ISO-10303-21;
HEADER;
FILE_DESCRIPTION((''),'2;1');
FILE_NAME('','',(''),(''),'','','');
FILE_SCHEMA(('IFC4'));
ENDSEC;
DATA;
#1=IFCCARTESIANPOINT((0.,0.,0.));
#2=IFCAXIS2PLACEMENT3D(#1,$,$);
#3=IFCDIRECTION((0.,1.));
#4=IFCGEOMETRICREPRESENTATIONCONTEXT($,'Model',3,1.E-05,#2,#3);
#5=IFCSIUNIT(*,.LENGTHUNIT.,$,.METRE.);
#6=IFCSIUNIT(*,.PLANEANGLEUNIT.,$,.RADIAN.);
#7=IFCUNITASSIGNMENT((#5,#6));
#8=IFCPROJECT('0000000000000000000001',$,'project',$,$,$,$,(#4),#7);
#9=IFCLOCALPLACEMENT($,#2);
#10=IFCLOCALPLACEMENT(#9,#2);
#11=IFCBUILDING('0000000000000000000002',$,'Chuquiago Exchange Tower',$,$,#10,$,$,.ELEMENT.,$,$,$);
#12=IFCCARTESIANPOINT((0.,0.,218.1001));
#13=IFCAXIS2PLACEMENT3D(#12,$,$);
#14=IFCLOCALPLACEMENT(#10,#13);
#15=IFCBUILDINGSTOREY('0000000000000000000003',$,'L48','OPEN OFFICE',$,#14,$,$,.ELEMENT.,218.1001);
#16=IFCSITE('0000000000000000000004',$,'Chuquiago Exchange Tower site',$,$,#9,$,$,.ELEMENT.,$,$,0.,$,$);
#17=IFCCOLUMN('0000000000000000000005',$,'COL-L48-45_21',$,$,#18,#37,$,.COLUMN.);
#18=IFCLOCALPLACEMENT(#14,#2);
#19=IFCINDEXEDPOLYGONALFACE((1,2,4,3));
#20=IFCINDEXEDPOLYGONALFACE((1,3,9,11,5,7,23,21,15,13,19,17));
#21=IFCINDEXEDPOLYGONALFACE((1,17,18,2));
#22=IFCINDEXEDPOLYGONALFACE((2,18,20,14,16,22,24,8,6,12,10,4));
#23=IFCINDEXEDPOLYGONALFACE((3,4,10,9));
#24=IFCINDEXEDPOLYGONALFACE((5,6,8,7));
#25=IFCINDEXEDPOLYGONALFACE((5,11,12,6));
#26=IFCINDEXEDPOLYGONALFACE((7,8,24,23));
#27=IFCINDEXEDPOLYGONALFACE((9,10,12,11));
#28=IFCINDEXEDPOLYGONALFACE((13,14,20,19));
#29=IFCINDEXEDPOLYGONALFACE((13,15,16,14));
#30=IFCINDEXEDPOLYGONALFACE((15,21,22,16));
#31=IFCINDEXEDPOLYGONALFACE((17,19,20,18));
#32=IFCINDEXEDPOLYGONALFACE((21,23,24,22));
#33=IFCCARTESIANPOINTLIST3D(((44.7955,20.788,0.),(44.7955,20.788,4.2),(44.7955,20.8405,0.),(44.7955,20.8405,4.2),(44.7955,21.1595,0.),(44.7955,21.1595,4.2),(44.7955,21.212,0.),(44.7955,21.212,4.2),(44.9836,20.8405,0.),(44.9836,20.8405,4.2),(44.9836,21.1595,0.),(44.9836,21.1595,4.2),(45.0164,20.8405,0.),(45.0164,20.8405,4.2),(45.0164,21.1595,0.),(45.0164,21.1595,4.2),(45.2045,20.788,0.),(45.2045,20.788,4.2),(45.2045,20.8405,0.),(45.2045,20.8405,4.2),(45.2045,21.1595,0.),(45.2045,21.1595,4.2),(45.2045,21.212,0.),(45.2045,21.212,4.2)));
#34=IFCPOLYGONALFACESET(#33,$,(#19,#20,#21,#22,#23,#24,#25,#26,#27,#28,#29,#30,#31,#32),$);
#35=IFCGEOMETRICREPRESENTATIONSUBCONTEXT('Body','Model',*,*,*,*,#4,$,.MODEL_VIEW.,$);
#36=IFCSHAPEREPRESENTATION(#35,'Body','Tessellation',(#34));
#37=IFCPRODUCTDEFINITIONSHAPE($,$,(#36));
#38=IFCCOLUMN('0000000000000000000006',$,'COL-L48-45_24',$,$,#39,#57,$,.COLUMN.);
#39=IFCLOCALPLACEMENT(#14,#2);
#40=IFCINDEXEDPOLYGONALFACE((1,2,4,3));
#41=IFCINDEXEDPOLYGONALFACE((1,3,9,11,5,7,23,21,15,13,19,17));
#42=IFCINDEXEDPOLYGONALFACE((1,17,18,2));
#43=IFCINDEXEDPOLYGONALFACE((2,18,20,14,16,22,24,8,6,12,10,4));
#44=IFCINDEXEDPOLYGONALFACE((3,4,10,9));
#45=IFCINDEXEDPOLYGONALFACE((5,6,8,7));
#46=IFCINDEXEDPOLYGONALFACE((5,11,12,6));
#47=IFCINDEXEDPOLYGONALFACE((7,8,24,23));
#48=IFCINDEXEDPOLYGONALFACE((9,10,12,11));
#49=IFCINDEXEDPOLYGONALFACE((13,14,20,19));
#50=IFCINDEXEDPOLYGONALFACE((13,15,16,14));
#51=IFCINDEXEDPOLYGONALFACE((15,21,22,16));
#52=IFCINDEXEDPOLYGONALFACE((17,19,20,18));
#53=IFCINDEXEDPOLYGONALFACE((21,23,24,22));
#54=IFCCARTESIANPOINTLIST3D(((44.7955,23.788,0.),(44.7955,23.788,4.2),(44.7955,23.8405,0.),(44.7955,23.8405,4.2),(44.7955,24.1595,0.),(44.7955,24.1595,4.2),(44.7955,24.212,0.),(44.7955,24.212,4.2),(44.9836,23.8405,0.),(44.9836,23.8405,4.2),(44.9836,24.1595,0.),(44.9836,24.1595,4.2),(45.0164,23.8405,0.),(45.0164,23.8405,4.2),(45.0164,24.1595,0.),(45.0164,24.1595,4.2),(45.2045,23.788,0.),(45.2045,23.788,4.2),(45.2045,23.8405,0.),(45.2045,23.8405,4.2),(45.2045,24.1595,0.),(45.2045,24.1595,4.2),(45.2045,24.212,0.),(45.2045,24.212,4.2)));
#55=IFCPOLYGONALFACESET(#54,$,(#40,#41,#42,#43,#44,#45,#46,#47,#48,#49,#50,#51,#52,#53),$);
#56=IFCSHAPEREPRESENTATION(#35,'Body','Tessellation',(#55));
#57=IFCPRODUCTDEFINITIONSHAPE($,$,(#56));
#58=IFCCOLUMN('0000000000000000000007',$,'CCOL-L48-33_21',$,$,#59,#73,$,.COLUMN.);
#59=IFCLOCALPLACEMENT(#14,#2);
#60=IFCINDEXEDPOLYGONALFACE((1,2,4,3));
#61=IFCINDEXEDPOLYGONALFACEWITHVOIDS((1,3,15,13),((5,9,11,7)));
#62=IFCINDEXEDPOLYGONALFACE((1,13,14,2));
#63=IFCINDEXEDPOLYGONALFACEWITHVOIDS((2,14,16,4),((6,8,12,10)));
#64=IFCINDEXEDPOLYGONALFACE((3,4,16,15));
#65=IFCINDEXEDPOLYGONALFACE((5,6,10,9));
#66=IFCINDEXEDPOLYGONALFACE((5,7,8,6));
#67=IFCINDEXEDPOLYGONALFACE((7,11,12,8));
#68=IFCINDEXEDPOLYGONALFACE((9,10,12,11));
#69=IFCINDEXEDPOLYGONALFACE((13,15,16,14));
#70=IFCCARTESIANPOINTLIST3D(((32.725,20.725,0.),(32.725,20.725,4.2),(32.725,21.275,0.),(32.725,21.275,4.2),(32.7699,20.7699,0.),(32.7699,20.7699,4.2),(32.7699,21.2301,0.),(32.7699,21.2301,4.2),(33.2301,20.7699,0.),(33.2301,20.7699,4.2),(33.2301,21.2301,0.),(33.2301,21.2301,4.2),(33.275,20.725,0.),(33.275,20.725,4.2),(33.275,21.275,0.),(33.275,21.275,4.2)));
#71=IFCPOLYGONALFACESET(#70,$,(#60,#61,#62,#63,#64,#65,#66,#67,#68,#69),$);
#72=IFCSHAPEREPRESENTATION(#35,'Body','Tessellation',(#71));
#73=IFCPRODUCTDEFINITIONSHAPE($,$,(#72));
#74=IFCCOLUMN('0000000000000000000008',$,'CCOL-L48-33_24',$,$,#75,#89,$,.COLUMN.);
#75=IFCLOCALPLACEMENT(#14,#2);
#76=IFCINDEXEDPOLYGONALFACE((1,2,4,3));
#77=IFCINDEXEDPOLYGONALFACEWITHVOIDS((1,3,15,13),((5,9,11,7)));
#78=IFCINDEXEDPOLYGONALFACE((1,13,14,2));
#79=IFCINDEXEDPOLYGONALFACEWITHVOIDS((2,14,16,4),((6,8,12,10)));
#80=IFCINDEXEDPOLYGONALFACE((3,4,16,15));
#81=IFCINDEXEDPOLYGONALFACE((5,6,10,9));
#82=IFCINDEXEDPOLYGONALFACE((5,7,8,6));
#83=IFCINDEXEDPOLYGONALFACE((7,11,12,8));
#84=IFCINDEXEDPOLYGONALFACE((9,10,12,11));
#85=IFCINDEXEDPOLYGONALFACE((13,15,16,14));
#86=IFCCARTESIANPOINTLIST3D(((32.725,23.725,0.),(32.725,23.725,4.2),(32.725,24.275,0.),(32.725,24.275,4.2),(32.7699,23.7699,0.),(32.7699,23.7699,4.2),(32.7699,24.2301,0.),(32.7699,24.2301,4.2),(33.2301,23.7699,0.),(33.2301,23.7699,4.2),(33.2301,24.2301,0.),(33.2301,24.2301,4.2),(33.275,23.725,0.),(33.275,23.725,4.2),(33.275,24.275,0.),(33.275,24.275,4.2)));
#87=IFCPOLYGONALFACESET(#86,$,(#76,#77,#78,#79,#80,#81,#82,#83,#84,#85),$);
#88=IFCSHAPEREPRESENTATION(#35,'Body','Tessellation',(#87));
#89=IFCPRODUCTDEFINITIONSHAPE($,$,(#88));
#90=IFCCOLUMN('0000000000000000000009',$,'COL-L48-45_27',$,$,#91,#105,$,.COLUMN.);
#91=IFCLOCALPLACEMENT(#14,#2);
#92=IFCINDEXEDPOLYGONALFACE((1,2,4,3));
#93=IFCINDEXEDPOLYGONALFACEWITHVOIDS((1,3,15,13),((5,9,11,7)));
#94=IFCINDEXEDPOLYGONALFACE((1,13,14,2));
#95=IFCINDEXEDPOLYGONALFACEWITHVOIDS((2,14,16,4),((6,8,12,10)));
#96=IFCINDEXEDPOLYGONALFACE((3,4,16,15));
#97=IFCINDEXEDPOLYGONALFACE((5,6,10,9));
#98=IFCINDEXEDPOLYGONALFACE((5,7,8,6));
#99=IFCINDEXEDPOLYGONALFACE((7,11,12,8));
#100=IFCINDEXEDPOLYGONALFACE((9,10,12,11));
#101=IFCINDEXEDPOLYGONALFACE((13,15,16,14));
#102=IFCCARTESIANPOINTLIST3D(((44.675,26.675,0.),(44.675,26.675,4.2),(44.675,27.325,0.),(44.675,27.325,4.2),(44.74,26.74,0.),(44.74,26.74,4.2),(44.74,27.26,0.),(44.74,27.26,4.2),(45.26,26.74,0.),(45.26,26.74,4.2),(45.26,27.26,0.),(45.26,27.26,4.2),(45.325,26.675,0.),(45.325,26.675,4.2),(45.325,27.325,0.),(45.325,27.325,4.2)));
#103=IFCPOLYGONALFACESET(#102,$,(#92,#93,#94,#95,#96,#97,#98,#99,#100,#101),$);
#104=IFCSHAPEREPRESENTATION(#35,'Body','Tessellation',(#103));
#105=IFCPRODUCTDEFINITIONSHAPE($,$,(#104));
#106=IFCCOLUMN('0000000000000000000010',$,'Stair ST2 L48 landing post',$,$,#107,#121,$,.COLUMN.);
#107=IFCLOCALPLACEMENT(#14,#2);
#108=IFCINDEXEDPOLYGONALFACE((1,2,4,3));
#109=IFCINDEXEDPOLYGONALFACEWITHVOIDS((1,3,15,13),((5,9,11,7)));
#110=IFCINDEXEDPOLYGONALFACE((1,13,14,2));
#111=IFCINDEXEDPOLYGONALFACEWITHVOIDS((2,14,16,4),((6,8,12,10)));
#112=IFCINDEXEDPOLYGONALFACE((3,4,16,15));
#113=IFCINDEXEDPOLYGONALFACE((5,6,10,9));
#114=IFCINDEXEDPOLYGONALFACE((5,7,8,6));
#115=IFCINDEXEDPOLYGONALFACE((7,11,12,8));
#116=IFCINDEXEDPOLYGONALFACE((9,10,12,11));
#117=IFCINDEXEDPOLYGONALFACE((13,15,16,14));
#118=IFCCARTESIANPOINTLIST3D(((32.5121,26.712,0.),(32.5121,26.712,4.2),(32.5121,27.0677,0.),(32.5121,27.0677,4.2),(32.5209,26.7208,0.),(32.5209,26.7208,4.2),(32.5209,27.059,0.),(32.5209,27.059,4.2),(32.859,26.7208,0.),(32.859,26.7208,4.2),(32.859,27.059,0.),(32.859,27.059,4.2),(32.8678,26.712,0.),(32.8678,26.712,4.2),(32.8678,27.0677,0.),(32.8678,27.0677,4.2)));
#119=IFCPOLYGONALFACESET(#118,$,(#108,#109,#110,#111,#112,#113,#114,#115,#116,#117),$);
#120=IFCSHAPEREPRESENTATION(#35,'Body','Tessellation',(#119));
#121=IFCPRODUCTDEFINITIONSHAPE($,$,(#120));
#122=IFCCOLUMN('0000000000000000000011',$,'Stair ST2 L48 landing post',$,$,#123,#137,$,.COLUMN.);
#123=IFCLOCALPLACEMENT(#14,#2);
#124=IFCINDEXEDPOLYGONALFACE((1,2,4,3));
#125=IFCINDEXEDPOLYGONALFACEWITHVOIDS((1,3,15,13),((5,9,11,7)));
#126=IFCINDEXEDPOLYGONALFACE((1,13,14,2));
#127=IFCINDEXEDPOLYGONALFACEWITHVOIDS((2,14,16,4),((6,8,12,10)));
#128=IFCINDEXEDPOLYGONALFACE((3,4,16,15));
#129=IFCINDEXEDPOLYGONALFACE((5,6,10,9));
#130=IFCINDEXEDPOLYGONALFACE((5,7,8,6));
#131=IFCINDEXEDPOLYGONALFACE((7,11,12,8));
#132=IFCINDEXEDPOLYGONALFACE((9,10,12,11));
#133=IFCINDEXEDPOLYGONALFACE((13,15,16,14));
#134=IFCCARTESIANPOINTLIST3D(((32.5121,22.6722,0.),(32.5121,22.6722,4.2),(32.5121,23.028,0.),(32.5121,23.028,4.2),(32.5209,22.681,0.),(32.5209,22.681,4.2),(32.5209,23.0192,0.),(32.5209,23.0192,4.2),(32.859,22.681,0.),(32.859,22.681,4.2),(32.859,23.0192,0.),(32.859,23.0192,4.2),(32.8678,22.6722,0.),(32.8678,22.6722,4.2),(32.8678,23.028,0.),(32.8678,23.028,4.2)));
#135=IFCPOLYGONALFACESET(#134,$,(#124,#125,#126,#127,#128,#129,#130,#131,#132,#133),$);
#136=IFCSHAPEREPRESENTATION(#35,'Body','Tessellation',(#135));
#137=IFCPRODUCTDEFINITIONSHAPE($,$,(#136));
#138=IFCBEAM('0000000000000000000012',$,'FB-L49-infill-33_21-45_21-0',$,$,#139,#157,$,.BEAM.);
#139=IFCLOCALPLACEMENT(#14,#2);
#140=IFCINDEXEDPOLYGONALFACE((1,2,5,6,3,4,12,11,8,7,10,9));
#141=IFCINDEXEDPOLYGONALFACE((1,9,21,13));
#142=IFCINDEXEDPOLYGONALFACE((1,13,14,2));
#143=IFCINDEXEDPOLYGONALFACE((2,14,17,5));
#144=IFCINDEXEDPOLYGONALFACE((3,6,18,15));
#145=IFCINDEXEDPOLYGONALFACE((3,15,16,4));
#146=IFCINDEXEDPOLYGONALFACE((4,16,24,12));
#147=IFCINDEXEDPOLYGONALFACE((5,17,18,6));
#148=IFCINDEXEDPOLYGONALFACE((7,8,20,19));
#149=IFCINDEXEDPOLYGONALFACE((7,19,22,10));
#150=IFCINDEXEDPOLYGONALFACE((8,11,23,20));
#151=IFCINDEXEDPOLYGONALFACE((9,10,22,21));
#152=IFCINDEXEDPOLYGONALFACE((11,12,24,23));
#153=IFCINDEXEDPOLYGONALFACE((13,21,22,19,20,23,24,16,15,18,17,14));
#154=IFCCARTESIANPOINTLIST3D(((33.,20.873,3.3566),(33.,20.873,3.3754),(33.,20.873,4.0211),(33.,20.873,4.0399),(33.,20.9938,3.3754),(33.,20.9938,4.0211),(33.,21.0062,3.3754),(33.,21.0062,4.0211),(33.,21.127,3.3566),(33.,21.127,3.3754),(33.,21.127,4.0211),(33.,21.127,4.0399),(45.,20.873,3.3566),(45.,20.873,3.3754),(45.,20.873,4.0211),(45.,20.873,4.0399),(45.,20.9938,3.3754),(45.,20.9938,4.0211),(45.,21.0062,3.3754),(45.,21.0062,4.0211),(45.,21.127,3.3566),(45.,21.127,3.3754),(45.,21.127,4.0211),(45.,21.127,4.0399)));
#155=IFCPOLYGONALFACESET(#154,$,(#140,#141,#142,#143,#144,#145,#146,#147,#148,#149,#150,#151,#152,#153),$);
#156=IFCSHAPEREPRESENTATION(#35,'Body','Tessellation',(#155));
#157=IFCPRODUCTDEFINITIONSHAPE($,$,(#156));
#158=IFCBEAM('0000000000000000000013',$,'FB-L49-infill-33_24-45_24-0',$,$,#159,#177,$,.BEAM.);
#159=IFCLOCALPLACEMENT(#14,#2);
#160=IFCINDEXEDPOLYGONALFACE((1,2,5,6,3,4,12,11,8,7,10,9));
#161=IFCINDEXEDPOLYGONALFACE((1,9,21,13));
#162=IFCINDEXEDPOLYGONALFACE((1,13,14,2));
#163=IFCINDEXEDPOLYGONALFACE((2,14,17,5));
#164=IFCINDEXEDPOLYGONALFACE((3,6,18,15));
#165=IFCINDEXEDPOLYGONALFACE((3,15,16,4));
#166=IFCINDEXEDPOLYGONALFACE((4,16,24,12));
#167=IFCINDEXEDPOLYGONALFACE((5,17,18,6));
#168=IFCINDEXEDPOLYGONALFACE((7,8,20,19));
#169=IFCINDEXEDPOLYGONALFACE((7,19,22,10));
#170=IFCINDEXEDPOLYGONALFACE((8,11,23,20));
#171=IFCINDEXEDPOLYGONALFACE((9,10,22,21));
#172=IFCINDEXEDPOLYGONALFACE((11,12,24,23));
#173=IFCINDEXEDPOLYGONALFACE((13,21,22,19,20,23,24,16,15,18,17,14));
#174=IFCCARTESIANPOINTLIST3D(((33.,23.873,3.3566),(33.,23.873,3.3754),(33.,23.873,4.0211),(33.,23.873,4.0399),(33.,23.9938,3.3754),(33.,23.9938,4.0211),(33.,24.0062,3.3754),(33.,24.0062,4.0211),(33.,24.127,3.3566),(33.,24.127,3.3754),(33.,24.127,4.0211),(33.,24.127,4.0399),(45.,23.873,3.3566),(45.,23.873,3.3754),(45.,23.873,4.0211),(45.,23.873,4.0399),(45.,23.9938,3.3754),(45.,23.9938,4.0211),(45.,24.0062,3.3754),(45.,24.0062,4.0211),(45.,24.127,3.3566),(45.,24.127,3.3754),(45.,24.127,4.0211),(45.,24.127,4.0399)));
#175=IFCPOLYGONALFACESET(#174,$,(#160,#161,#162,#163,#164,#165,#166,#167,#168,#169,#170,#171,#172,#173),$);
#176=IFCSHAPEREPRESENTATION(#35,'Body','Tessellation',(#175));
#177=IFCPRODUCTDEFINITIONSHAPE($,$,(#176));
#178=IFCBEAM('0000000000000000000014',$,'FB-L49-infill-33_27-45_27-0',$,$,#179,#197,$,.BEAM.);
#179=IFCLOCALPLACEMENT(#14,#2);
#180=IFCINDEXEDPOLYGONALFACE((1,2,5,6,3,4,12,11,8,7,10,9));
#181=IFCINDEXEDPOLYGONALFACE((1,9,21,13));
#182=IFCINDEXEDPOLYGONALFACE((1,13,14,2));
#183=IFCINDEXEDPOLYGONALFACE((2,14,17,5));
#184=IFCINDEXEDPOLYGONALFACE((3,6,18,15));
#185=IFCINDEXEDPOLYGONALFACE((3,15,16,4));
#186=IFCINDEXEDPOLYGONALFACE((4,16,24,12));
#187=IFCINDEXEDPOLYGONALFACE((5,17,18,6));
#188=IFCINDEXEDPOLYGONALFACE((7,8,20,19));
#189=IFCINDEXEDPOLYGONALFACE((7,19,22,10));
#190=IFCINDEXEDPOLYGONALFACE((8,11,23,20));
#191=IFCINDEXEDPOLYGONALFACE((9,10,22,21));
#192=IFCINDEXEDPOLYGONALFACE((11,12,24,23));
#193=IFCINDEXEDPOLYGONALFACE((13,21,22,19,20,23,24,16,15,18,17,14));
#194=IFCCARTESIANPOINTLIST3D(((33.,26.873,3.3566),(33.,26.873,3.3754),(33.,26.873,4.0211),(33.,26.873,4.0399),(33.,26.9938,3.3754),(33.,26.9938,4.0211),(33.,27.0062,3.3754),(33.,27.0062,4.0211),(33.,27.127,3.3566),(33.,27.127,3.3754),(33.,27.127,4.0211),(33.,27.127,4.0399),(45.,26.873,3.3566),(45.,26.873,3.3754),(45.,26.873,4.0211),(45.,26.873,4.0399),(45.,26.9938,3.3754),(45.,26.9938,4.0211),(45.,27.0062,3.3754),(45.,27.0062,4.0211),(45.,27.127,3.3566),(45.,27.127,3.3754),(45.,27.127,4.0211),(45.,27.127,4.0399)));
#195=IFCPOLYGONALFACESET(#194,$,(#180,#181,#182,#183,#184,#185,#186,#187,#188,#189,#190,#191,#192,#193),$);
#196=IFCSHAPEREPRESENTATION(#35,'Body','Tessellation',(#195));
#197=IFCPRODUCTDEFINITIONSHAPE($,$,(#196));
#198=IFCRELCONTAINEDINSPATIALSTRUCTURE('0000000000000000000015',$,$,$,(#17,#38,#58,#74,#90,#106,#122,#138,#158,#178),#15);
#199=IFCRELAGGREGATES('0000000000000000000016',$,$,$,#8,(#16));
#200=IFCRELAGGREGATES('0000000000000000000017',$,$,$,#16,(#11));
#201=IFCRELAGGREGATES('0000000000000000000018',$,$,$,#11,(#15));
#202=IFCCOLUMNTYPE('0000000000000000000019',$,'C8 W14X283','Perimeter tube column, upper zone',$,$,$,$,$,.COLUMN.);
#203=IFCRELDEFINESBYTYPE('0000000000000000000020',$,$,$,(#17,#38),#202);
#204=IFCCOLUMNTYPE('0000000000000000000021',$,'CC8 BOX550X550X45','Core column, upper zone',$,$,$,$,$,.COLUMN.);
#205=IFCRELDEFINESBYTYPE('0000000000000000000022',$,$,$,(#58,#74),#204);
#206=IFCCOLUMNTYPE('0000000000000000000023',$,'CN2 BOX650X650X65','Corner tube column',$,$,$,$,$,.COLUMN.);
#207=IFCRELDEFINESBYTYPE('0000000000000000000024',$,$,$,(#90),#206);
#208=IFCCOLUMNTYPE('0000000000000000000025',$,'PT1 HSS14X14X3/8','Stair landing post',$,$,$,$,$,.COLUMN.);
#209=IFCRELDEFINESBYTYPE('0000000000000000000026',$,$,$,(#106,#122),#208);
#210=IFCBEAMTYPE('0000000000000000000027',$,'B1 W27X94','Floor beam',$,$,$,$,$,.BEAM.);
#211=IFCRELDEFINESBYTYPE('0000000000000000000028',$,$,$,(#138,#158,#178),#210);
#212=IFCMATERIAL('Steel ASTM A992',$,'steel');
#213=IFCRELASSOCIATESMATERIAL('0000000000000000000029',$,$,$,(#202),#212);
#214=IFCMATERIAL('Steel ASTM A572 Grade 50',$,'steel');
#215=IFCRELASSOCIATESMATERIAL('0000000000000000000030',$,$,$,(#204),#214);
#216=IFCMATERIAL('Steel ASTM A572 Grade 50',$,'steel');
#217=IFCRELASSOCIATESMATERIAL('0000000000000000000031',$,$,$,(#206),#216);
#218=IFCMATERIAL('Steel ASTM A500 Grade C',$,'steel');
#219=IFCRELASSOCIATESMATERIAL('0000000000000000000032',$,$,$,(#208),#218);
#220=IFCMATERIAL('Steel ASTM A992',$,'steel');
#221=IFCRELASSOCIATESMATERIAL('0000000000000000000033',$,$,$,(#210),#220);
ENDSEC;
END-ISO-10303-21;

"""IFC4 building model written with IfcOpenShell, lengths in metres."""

from ifc_helpers import new_model, si_unit, direction, frame, origin, origin_2d, place, context, subcontext, project, spatial, hollow_rectangle, i_section, extrude, material, material_profile, profile_set, type_object, element, save


model = new_model("IFC4")

# Units and contexts
model_context = context("Model", 3, precision=1e-05, world=origin(), true_north=direction((0.0, 1.0)))
body_context = subcontext(model_context, "Body", "Model", "MODEL_VIEW")
ifc_project = project(units=[si_unit("LENGTHUNIT", "METRE"), si_unit("PLANEANGLEUNIT", "RADIAN")], contexts=[model_context])

# Site, building, storey
site_placement = place(None, origin())
site = spatial("IfcSite", under=ifc_project, at=site_placement, Name="Chuquiago Exchange Tower site", CompositionType="ELEMENT", RefElevation=0.0)
building_placement = place(site_placement, origin())
building = spatial("IfcBuilding", under=site, at=building_placement, Name="Chuquiago Exchange Tower", CompositionType="ELEMENT")
storey_placement = place(building_placement, frame((0.0, 0.0, 218.1001)))
storey = spatial("IfcBuildingStorey", under=building, at=storey_placement, Name="L48", Description="OPEN OFFICE", CompositionType="ELEMENT", Elevation=218.1001)

# Columns
ifc_material_1 = material(Name="Steel ASTM A992", Category="steel")
ifc_material_profile_1 = material_profile(ifc_material_1, i_section(OverallWidth=0.4089, OverallDepth=0.4241, WebThickness=0.0327, FlangeThickness=0.0525, at=origin_2d()), Name="W14X283")
ifc_profile_set_1 = profile_set([ifc_material_profile_1], Name="Steel ASTM A992")
column_type_1 = type_object("IfcColumnType", Name="C8 W14X283", Description="Perimeter tube column, upper zone", PredefinedType="COLUMN", material=ifc_profile_set_1)
for number, where, z_axis, x_axis, name in (
    (1, (45.0, 21.0, 0.0), (0.0, 0.0, 1.0), (1.0, 0.0, 0.0), "COL-L48-45_21"),
    (2, (45.0, 24.0, 0.0), (0.0, 0.0, 1.0), (1.0, 0.0, 0.0), "COL-L48-45_24"),
):
    element("IfcColumn", number, at=place(storey_placement, frame(where, z_axis=z_axis, x_axis=x_axis)), inside=storey, type_object=column_type_1, Name=name, PredefinedType="COLUMN", context=body_context, shape_type="SweptSolid", body=[
        extrude(i_section(OverallWidth=0.4089, OverallDepth=0.4241, WebThickness=0.0327, FlangeThickness=0.0525, at=origin_2d()), origin(), (0.0, 0.0, 1.0), 4.2),
    ])
ifc_material_2 = material(Name="Steel ASTM A572 Grade 50", Category="steel")
ifc_material_profile_2 = material_profile(ifc_material_2, hollow_rectangle(XDim=0.55, YDim=0.55, WallThickness=0.0449, at=origin_2d()), Name="BOX550X550X45")
ifc_profile_set_2 = profile_set([ifc_material_profile_2], Name="Steel ASTM A572 Grade 50")
column_type_2 = type_object("IfcColumnType", Name="CC8 BOX550X550X45", Description="Core column, upper zone", PredefinedType="COLUMN", material=ifc_profile_set_2)
for number, where, z_axis, x_axis, name in (
    (3, (33.0, 21.0, 0.0), (0.0, 0.0, 1.0), (1.0, 0.0, 0.0), "CCOL-L48-33_21"),
    (4, (33.0, 24.0, 0.0), (0.0, 0.0, 1.0), (1.0, 0.0, 0.0), "CCOL-L48-33_24"),
):
    element("IfcColumn", number, at=place(storey_placement, frame(where, z_axis=z_axis, x_axis=x_axis)), inside=storey, type_object=column_type_2, Name=name, PredefinedType="COLUMN", context=body_context, shape_type="SweptSolid", body=[
        extrude(hollow_rectangle(XDim=0.55, YDim=0.55, WallThickness=0.0449, at=origin_2d()), origin(), (0.0, 0.0, 1.0), 4.2),
    ])
ifc_material_3 = material(Name="Steel ASTM A572 Grade 50", Category="steel")
ifc_material_profile_3 = material_profile(ifc_material_3, hollow_rectangle(XDim=0.6499, YDim=0.6499, WallThickness=0.0649, at=origin_2d()), Name="BOX650X650X65")
ifc_profile_set_3 = profile_set([ifc_material_profile_3], Name="Steel ASTM A572 Grade 50")
column_type_3 = type_object("IfcColumnType", Name="CN2 BOX650X650X65", Description="Corner tube column", PredefinedType="COLUMN", material=ifc_profile_set_3)
column_placement = place(storey_placement, frame((45.0, 27.0, 0.0), z_axis=(0.0, 0.0, 1.0), x_axis=(1.0, 0.0, 0.0)))
element("IfcColumn", 5, at=column_placement, inside=storey, type_object=column_type_3, Name="COL-L48-45_27", PredefinedType="COLUMN", context=body_context, shape_type="SweptSolid", body=[
    extrude(hollow_rectangle(XDim=0.6499, YDim=0.6499, WallThickness=0.0649, at=origin_2d()), origin(), (0.0, 0.0, 1.0), 4.2),
])
ifc_material_4 = material(Name="Steel ASTM A500 Grade C", Category="steel")
ifc_material_profile_4 = material_profile(ifc_material_4, hollow_rectangle(XDim=0.3557, YDim=0.3557, WallThickness=0.0088, at=origin_2d()), Name="HSS14X14X3/8")
ifc_profile_set_4 = profile_set([ifc_material_profile_4], Name="Steel ASTM A500 Grade C")
column_type_4 = type_object("IfcColumnType", Name="PT1 HSS14X14X3/8", Description="Stair landing post", PredefinedType="COLUMN", material=ifc_profile_set_4)
for number, where, z_axis, x_axis, name in (
    (6, (32.6899, 26.8899, 0.0), (0.0, 0.0, 1.0), (1.0, 0.0, 0.0), "Stair ST2 L48 landing post"),
    (7, (32.6899, 22.8501, 0.0), (0.0, 0.0, 1.0), (1.0, 0.0, 0.0), "Stair ST2 L48 landing post"),
):
    element("IfcColumn", number, at=place(storey_placement, frame(where, z_axis=z_axis, x_axis=x_axis)), inside=storey, type_object=column_type_4, Name=name, PredefinedType="COLUMN", context=body_context, shape_type="SweptSolid", body=[
        extrude(hollow_rectangle(XDim=0.3557, YDim=0.3557, WallThickness=0.0088, at=origin_2d()), origin(), (0.0, 0.0, 1.0), 4.2),
    ])

# Beams
ifc_material_5 = material(Name="Steel ASTM A992", Category="steel")
ifc_material_profile_5 = material_profile(ifc_material_5, i_section(OverallWidth=0.2539, OverallDepth=0.6833, WebThickness=0.0125, FlangeThickness=0.0188, at=origin_2d()), Name="W27X94")
ifc_profile_set_5 = profile_set([ifc_material_profile_5], Name="Steel ASTM A992")
beam_type_1 = type_object("IfcBeamType", Name="B1 W27X94", Description="Floor beam", PredefinedType="BEAM", material=ifc_profile_set_5)
for number, where, z_axis, x_axis, name in (
    (8, (33.0, 21.0, 3.6982), (1.0, 0.0, 0.0), (0.0, 1.0, 0.0), "FB-L49-infill-33_21-45_21-0"),
    (9, (33.0, 24.0, 3.6982), (1.0, 0.0, 0.0), (0.0, 1.0, 0.0), "FB-L49-infill-33_24-45_24-0"),
    (10, (33.0, 27.0, 3.6982), (1.0, 0.0, 0.0), (0.0, 1.0, 0.0), "FB-L49-infill-33_27-45_27-0"),
):
    element("IfcBeam", number, at=place(storey_placement, frame(where, z_axis=z_axis, x_axis=x_axis)), inside=storey, type_object=beam_type_1, Name=name, PredefinedType="BEAM", context=body_context, shape_type="SweptSolid", body=[
        extrude(i_section(OverallWidth=0.2539, OverallDepth=0.6833, WebThickness=0.0125, FlangeThickness=0.0188, at=origin_2d()), origin(), (0.0, 0.0, 1.0), 12.0),
    ])

save(model, "model.ifc")
